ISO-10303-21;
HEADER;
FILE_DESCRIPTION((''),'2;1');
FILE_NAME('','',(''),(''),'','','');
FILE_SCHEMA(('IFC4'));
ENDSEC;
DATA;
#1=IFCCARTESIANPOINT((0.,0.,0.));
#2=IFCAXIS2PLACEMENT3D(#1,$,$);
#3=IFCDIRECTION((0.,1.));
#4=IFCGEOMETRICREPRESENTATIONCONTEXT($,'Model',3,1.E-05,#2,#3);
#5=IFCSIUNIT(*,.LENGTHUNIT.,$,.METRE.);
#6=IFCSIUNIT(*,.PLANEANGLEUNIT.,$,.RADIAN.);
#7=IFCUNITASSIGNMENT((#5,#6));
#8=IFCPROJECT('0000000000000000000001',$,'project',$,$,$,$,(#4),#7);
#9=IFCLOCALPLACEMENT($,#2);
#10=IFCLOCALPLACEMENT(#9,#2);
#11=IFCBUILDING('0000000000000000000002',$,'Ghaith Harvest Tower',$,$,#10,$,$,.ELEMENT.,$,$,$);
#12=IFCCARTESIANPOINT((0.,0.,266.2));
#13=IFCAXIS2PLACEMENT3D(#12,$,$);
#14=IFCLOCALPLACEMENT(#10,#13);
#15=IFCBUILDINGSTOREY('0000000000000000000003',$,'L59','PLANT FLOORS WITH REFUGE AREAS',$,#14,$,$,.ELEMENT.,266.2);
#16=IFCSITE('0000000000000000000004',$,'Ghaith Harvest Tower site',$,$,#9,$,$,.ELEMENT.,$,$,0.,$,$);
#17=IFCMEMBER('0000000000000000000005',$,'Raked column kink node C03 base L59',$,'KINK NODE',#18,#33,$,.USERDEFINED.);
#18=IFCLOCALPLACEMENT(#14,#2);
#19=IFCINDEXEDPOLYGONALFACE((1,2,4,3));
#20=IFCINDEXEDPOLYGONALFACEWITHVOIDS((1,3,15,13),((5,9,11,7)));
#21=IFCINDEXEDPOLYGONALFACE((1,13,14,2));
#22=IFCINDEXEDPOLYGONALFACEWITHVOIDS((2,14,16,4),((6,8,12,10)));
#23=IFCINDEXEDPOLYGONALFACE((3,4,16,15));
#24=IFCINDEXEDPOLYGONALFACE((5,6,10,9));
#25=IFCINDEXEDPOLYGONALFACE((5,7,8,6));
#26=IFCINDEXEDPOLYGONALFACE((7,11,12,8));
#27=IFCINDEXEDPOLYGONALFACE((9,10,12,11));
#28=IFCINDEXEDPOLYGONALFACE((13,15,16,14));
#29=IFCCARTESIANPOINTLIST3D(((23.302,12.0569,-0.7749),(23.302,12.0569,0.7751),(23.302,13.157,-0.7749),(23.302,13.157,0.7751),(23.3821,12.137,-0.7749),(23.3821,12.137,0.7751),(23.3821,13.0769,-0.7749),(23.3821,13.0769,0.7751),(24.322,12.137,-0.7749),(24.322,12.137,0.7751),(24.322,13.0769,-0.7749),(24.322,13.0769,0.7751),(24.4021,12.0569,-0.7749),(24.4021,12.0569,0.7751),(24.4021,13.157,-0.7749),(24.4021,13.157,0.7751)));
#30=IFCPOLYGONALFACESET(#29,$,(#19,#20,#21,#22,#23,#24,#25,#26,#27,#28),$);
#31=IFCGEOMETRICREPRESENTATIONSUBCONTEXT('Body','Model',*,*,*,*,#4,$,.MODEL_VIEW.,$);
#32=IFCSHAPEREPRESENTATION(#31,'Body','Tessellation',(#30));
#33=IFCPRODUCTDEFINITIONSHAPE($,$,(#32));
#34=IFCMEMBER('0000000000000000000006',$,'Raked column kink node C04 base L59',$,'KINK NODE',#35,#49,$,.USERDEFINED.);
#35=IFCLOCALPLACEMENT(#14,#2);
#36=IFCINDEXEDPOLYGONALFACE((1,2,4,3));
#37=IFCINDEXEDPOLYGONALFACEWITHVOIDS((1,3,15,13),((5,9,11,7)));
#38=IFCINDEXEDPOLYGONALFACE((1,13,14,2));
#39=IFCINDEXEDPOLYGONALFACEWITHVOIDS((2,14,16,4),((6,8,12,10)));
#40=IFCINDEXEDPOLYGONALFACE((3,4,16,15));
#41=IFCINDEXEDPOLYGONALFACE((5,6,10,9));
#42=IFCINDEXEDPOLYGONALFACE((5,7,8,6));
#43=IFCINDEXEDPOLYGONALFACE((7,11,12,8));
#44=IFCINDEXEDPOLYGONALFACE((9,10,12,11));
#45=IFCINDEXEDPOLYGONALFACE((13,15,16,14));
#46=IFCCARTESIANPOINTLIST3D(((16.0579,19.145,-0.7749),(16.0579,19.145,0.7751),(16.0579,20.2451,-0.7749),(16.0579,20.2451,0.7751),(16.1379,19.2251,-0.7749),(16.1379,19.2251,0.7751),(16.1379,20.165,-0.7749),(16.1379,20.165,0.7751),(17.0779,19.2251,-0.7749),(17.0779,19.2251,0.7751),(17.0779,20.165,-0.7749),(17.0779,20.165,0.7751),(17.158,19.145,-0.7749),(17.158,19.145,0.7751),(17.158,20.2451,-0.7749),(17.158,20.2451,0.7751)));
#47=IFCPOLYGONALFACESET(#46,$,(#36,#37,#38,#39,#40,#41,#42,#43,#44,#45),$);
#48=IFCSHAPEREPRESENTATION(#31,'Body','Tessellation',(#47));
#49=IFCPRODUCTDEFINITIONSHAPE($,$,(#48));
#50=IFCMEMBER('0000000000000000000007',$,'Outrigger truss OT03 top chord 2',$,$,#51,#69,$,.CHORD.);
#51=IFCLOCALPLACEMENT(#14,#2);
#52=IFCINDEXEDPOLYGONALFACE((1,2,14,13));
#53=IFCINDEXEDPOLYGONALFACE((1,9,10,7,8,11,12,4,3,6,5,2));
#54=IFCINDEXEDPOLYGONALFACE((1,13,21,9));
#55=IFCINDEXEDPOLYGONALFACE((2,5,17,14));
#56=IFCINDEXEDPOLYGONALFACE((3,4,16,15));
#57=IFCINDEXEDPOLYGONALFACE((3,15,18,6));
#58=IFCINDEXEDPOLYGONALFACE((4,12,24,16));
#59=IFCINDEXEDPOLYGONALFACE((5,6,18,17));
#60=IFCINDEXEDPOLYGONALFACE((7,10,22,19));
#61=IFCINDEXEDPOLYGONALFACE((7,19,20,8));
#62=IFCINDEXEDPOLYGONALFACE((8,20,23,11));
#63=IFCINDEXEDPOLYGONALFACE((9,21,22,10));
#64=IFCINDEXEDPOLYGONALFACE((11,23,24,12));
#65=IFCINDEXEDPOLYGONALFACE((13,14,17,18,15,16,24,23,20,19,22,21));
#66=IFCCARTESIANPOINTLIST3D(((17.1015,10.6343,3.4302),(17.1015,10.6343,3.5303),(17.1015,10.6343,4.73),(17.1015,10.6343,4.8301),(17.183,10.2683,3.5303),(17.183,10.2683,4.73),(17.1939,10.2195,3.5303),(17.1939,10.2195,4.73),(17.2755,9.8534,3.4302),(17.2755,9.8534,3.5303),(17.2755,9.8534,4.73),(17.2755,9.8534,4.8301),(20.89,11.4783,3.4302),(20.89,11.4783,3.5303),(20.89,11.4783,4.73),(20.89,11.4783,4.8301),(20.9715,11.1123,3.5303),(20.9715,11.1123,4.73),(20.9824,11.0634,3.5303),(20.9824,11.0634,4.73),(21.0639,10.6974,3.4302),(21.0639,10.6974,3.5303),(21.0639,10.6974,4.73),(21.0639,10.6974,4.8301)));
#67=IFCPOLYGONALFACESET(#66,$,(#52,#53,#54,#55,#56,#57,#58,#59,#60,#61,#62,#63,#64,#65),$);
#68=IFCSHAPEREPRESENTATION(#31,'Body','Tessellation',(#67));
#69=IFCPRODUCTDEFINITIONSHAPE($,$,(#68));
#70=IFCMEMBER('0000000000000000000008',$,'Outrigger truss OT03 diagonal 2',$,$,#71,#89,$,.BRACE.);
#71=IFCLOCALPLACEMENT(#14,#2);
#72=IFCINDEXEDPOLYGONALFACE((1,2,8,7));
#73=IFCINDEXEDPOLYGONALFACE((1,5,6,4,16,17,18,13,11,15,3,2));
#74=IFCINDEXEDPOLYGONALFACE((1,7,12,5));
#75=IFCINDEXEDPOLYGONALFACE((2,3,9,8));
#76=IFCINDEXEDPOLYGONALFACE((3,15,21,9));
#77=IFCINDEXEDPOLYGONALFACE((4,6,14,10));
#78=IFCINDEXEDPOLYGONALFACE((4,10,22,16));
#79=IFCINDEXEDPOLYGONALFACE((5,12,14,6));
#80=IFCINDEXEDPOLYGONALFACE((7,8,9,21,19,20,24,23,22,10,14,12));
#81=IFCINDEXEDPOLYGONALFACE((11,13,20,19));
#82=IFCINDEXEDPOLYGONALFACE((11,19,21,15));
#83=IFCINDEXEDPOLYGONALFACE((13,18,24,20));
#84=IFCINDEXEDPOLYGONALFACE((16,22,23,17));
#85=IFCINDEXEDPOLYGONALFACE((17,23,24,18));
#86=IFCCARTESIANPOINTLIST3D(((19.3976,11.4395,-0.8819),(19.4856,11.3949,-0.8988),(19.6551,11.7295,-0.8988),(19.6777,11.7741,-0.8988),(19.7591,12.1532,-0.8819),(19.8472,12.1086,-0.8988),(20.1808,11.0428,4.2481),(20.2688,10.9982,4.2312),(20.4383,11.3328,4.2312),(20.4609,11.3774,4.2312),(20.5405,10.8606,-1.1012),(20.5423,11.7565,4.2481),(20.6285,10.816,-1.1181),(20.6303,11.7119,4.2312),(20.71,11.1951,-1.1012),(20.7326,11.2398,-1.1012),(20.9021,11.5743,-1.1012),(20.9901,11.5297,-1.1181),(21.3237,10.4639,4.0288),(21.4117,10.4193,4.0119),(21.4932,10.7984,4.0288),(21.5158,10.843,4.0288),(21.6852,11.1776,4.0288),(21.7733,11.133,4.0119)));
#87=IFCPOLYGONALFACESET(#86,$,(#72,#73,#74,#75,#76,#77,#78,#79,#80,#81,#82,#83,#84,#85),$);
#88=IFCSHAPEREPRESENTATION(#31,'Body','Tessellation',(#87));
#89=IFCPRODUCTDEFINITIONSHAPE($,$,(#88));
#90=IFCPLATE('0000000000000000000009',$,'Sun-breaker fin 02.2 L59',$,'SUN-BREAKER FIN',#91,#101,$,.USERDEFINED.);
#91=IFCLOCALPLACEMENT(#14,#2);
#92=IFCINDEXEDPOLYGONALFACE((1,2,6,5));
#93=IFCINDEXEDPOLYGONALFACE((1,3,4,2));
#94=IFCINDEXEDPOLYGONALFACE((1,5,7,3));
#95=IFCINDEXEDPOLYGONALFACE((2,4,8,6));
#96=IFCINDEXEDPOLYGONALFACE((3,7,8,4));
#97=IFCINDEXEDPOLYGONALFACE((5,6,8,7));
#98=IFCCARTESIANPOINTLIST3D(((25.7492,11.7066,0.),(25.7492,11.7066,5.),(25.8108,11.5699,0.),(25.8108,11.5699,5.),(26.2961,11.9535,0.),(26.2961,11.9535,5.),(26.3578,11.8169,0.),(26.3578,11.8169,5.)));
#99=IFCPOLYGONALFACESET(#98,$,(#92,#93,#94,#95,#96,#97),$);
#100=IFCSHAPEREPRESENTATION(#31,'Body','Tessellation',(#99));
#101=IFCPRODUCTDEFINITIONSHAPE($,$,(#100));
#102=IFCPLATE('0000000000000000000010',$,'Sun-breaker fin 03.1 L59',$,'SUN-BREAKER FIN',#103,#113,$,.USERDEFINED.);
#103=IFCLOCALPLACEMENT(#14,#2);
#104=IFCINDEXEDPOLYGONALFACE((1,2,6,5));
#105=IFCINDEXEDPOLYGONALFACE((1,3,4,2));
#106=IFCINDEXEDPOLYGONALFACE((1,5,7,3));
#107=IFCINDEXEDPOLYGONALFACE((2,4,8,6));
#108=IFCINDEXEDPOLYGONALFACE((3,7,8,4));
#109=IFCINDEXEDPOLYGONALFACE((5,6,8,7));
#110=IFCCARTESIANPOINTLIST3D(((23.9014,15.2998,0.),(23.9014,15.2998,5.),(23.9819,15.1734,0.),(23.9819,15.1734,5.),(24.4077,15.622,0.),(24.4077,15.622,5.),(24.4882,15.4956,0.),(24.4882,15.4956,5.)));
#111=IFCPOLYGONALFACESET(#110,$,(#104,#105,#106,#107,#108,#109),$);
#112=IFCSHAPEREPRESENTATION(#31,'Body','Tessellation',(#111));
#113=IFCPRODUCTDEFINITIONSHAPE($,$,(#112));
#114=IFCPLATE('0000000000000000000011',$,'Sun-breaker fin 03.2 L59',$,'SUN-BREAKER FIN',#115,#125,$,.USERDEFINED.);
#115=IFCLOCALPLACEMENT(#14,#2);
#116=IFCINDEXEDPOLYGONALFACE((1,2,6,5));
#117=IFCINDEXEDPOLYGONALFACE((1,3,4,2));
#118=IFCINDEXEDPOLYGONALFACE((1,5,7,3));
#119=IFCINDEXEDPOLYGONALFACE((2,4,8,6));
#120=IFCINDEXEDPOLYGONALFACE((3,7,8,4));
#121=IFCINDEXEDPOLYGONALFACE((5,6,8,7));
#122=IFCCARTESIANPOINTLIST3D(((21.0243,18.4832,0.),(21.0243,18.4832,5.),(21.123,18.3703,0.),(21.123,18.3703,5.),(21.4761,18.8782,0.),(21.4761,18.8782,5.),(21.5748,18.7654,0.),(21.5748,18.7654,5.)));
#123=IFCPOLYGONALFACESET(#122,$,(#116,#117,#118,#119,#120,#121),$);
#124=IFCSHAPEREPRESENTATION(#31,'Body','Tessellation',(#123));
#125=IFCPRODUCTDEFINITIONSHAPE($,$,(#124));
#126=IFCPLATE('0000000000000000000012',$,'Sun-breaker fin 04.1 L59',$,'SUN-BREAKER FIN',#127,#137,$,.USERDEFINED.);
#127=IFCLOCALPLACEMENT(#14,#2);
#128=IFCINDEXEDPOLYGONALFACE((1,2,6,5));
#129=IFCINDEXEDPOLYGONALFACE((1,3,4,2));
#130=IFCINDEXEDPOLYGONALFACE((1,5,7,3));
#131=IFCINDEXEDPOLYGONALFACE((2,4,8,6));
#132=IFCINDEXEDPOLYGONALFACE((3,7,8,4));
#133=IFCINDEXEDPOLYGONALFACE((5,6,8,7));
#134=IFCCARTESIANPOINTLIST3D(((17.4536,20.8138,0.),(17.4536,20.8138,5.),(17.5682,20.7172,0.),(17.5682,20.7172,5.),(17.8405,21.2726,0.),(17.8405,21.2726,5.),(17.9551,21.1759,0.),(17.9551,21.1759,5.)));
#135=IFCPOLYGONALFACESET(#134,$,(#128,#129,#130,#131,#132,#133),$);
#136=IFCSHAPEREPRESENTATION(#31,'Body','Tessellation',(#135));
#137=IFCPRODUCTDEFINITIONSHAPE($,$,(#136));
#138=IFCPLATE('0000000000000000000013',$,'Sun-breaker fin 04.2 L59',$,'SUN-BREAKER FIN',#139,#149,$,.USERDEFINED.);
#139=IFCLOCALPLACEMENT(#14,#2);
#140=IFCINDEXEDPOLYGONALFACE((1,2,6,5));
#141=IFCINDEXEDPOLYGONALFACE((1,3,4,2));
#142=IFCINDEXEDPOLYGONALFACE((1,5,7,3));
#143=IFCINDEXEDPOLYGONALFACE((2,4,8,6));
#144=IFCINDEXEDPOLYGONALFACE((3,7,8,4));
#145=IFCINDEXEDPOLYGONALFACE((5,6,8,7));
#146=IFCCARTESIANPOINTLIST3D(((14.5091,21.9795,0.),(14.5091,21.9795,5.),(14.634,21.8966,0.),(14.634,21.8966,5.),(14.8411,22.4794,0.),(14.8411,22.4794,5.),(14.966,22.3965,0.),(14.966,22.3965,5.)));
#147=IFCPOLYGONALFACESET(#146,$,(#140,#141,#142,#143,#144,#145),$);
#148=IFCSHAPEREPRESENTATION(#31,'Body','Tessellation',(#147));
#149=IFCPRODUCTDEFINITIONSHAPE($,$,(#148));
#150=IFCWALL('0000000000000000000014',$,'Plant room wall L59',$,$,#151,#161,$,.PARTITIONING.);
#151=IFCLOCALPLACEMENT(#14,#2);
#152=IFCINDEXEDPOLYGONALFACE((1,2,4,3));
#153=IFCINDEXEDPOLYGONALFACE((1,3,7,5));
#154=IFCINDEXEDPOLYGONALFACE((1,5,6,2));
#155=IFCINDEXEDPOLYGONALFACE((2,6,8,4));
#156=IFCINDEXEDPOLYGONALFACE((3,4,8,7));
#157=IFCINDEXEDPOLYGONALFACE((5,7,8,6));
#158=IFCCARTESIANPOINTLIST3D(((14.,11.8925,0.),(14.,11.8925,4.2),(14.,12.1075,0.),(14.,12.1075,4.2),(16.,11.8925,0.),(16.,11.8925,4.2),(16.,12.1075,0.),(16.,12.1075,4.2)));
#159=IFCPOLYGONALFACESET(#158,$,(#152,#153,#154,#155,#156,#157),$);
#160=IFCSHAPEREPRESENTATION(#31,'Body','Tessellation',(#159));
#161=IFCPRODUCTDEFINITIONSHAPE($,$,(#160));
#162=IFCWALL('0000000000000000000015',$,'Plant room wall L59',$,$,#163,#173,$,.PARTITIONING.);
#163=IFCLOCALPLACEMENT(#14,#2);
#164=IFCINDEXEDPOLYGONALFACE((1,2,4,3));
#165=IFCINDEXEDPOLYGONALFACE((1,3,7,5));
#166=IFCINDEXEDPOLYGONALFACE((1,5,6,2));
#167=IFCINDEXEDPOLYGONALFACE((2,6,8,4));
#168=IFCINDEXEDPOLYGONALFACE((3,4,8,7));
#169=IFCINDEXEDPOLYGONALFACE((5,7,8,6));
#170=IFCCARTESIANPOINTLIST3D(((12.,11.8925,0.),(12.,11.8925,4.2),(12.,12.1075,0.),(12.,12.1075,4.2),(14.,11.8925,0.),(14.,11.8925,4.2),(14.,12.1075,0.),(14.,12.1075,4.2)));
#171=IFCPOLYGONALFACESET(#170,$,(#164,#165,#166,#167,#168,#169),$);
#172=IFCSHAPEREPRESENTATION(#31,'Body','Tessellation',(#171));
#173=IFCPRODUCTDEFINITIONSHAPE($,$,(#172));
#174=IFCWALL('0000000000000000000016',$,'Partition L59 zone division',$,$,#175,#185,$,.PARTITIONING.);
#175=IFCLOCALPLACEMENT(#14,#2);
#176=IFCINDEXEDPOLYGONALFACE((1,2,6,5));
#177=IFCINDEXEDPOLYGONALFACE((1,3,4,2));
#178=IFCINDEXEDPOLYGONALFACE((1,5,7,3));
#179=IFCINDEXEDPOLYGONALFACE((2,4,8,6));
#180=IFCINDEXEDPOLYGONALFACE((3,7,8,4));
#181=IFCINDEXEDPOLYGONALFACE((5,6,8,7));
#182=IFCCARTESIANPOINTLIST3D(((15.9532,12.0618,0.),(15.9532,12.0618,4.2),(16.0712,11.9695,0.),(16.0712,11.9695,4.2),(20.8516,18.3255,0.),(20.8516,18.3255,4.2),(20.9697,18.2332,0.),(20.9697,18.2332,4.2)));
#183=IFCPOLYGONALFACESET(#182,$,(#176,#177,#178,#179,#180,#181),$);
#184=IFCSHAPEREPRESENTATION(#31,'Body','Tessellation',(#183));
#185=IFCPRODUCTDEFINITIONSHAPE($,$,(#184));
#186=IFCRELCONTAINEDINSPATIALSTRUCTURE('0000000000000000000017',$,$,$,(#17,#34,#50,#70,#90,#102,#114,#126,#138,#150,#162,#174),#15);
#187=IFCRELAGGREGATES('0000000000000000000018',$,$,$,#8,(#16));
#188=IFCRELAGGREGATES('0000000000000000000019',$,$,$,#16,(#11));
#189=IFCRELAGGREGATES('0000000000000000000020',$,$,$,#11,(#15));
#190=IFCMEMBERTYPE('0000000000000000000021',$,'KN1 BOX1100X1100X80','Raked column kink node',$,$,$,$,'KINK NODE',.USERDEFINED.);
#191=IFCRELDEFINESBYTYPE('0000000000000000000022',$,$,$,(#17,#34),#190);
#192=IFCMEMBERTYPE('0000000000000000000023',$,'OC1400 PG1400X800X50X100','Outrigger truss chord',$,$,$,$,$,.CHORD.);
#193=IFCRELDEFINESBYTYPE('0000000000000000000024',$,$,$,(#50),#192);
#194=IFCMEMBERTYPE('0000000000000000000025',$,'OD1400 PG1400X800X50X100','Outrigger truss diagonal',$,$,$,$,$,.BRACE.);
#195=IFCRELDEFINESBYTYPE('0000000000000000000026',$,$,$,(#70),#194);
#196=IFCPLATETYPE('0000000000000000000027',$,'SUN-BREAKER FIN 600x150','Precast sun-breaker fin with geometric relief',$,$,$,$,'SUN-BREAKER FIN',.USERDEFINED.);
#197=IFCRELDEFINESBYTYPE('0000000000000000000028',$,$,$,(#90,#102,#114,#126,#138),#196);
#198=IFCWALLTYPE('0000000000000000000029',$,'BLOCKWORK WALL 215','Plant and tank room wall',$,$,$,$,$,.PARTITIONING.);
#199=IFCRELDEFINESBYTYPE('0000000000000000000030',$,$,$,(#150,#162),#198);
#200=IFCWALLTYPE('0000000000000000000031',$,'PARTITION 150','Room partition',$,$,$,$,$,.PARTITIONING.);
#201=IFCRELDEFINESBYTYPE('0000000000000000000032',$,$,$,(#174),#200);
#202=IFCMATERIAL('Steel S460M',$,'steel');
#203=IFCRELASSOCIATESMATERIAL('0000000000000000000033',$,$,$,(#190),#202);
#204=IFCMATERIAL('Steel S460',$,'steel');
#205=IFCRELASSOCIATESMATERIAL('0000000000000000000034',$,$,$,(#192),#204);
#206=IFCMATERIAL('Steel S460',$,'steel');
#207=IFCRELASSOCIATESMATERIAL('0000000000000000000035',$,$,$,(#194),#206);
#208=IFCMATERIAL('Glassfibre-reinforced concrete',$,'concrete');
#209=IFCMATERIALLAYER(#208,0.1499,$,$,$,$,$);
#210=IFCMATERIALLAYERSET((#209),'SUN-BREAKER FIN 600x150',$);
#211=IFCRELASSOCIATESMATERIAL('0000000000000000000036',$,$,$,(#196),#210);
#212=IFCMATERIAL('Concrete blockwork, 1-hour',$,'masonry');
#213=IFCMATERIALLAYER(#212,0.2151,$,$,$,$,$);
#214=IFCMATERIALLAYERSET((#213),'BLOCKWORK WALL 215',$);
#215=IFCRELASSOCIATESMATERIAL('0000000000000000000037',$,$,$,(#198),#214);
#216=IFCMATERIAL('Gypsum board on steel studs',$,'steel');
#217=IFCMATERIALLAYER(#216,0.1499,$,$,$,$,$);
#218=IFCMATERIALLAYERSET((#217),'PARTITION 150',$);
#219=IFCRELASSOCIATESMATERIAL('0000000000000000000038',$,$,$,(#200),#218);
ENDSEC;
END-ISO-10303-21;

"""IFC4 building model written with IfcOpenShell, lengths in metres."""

from ifc_helpers import new_model, si_unit, direction, frame, frame_2d, origin, origin_2d, place, context, subcontext, project, spatial, rectangle, hollow_rectangle, i_section, extrude, material, layer, layer_set, material_profile, profile_set, type_object, element, save


model = new_model("IFC4")

# Units and contexts
model_context = context("Model", 3, precision=1e-05, world=origin(), true_north=direction((0.0, 1.0)))
body_context = subcontext(model_context, "Body", "Model", "MODEL_VIEW")
ifc_project = project(units=[si_unit("LENGTHUNIT", "METRE"), si_unit("PLANEANGLEUNIT", "RADIAN")], contexts=[model_context])

# Site, building, storey
site_placement = place(None, origin())
site = spatial("IfcSite", under=ifc_project, at=site_placement, Name="Ghaith Harvest Tower site", CompositionType="ELEMENT", RefElevation=0.0)
building_placement = place(site_placement, origin())
building = spatial("IfcBuilding", under=site, at=building_placement, Name="Ghaith Harvest Tower", CompositionType="ELEMENT")
storey_placement = place(building_placement, frame((0.0, 0.0, 266.2)))
storey = spatial("IfcBuildingStorey", under=building, at=storey_placement, Name="L59", Description="PLANT FLOORS WITH REFUGE AREAS", CompositionType="ELEMENT", Elevation=266.2)

# Members
ifc_material_1 = material(Name="Steel S460M", Category="steel")
ifc_material_profile_1 = material_profile(ifc_material_1, hollow_rectangle(XDim=1.1001, YDim=1.1001, WallThickness=0.0801, at=origin_2d()), Name="BOX1100X1100X80")
ifc_profile_set_1 = profile_set([ifc_material_profile_1], Name="Steel S460M")
member_type_1 = type_object("IfcMemberType", Name="KN1 BOX1100X1100X80", Description="Raked column kink node", ElementType="KINK NODE", PredefinedType="USERDEFINED", material=ifc_profile_set_1)
for number, where, z_axis, x_axis, name in (
    (1, (23.8521, 12.6069, -0.7749), (0.0, 0.0, 1.0), (1.0, 0.0, 0.0), "Raked column kink node C03 base L59"),
    (2, (16.6079, 19.6951, -0.7749), (0.0, 0.0, 1.0), (1.0, 0.0, 0.0), "Raked column kink node C04 base L59"),
):
    element("IfcMember", number, at=place(storey_placement, frame(where, z_axis=z_axis, x_axis=x_axis)), inside=storey, type_object=member_type_1, Name=name, ObjectType="KINK NODE", PredefinedType="USERDEFINED", context=body_context, shape_type="SweptSolid", body=[
        extrude(hollow_rectangle(XDim=1.1001, YDim=1.1001, WallThickness=0.0801, at=origin_2d()), origin(), (0.0, 0.0, 1.0), 1.55),
    ])
ifc_material_2 = material(Name="Steel S460", Category="steel")
ifc_material_profile_2 = material_profile(ifc_material_2, i_section(OverallWidth=0.8, OverallDepth=1.3999, WebThickness=0.05, FlangeThickness=0.1001, at=origin_2d()), Name="PG1400X800X50X100")
ifc_profile_set_2 = profile_set([ifc_material_profile_2], Name="Steel S460")
member_type_2 = type_object("IfcMemberType", Name="OC1400 PG1400X800X50X100", Description="Outrigger truss chord", PredefinedType="CHORD", material=ifc_profile_set_2)
member_1_placement = place(storey_placement, frame((17.1885, 10.2439, 4.1301), z_axis=(0.976073, 0.217443, 0.0), x_axis=(-0.217443, 0.976073, 0.0)))
element("IfcMember", 3, at=member_1_placement, inside=storey, type_object=member_type_2, Name="Outrigger truss OT03 top chord 2", PredefinedType="CHORD", context=body_context, shape_type="SweptSolid", body=[
    extrude(i_section(OverallWidth=0.8, OverallDepth=1.3999, WebThickness=0.05, FlangeThickness=0.1001, at=origin_2d()), origin(), (0.0, 0.0, 1.0), 3.8813),
])
ifc_material_3 = material(Name="Steel S460", Category="steel")
ifc_material_profile_3 = material_profile(ifc_material_3, i_section(OverallWidth=0.8, OverallDepth=1.3999, WebThickness=0.05, FlangeThickness=0.1001, at=origin_2d()), Name="PG1400X800X50X100")
ifc_profile_set_3 = profile_set([ifc_material_profile_3], Name="Steel S460")
member_type_3 = type_object("IfcMemberType", Name="OD1400 PG1400X800X50X100", Description="Outrigger truss diagonal", PredefinedType="BRACE", material=ifc_profile_set_3)
member_2_placement = place(storey_placement, frame((20.1938, 11.4846, -1.0), z_axis=(0.15048, -0.076225, 0.98567), x_axis=(0.451879, 0.892079, 0.0)))
element("IfcMember", 4, at=member_2_placement, inside=storey, type_object=member_type_3, Name="Outrigger truss OT03 diagonal 2", PredefinedType="BRACE", context=body_context, shape_type="SweptSolid", body=[
    extrude(i_section(OverallWidth=0.8, OverallDepth=1.3999, WebThickness=0.05, FlangeThickness=0.1001, at=origin_2d()), origin(), (0.0, 0.0, 1.0), 5.2046),
])

# Plates
ifc_material_4 = material(Name="Glassfibre-reinforced concrete", Category="concrete")
ifc_layer_1 = layer(ifc_material_4, 0.1499)
ifc_layer_set_1 = layer_set([ifc_layer_1], Name="SUN-BREAKER FIN 600x150")
plate_type = type_object("IfcPlateType", Name="SUN-BREAKER FIN 600x150", Description="Precast sun-breaker fin with geometric relief", ElementType="SUN-BREAKER FIN", PredefinedType="USERDEFINED", material=ifc_layer_set_1)
for number, where, z_axis, x_axis, name in (
    (5, (26.0535, 11.7617, 0.0), (0.0, 0.0, 1.0), (0.911427, 0.411462, 0.0), "Sun-breaker fin 02.2 L59"),
    (6, (24.1948, 15.3977, 0.0), (0.0, 0.0, 1.0), (0.843644, 0.536903, 0.0), "Sun-breaker fin 03.1 L59"),
    (7, (21.2996, 18.6243, 0.0), (0.0, 0.0, 1.0), (0.752799, 0.65825, 0.0), "Sun-breaker fin 03.2 L59"),
    (8, (17.7043, 20.9949, 0.0), (0.0, 0.0, 1.0), (0.644657, 0.764472, 0.0), "Sun-breaker fin 04.1 L59"),
    (9, (14.7375, 22.188, 0.0), (0.0, 0.0, 1.0), (0.553283, 0.832994, 0.0), "Sun-breaker fin 04.2 L59"),
):
    element("IfcPlate", number, at=place(storey_placement, frame(where, z_axis=z_axis, x_axis=x_axis)), inside=storey, type_object=plate_type, Name=name, ObjectType="SUN-BREAKER FIN", PredefinedType="USERDEFINED", context=body_context, shape_type="SweptSolid", body=[
        extrude(rectangle(XDim=0.6001, YDim=0.1499, at=origin_2d()), origin(), (0.0, 0.0, 1.0), 5.0),
    ])

# Walls
ifc_material_5 = material(Name="Concrete blockwork, 1-hour", Category="masonry")
ifc_layer_2 = layer(ifc_material_5, 0.2151)
ifc_layer_set_2 = layer_set([ifc_layer_2], Name="BLOCKWORK WALL 215")
wall_type_1 = type_object("IfcWallType", Name="BLOCKWORK WALL 215", Description="Plant and tank room wall", PredefinedType="PARTITIONING", material=ifc_layer_set_2)
for number, where, z_axis, x_axis, name in (
    (10, (16.0, 12.0, 0.0), (0.0, 0.0, 1.0), (-1.0, 0.0, 0.0), "Plant room wall L59"),
    (11, (14.0, 12.0, 0.0), (0.0, 0.0, 1.0), (-1.0, 0.0, 0.0), "Plant room wall L59"),
):
    element("IfcWall", number, at=place(storey_placement, frame(where, z_axis=z_axis, x_axis=x_axis)), inside=storey, type_object=wall_type_1, Name=name, PredefinedType="PARTITIONING", context=body_context, shape_type="SweptSolid", body=[
        extrude(rectangle(XDim=2.0, YDim=0.2151, at=frame_2d((1.0, 0.0))), origin(), (0.0, 0.0, 1.0), 4.2),
    ])
ifc_material_6 = material(Name="Gypsum board on steel studs", Category="steel")
ifc_layer_3 = layer(ifc_material_6, 0.1499)
ifc_layer_set_3 = layer_set([ifc_layer_3], Name="PARTITION 150")
wall_type_2 = type_object("IfcWallType", Name="PARTITION 150", Description="Room partition", PredefinedType="PARTITIONING", material=ifc_layer_set_3)
wall_1_placement = place(storey_placement, frame((16.0122, 12.0156, 0.0), z_axis=(0.0, 0.0, 1.0), x_axis=(0.61603, 0.787723, 0.0)))
element("IfcWall", 12, at=wall_1_placement, inside=storey, type_object=wall_type_2, Name="Partition L59 zone division", PredefinedType="PARTITIONING", context=body_context, shape_type="SweptSolid", body=[
    extrude(rectangle(XDim=7.9517, YDim=0.1499, at=frame_2d((3.9758, 0.0))), origin(), (0.0, 0.0, 1.0), 4.2),
])

save(model, "model.ifc")
